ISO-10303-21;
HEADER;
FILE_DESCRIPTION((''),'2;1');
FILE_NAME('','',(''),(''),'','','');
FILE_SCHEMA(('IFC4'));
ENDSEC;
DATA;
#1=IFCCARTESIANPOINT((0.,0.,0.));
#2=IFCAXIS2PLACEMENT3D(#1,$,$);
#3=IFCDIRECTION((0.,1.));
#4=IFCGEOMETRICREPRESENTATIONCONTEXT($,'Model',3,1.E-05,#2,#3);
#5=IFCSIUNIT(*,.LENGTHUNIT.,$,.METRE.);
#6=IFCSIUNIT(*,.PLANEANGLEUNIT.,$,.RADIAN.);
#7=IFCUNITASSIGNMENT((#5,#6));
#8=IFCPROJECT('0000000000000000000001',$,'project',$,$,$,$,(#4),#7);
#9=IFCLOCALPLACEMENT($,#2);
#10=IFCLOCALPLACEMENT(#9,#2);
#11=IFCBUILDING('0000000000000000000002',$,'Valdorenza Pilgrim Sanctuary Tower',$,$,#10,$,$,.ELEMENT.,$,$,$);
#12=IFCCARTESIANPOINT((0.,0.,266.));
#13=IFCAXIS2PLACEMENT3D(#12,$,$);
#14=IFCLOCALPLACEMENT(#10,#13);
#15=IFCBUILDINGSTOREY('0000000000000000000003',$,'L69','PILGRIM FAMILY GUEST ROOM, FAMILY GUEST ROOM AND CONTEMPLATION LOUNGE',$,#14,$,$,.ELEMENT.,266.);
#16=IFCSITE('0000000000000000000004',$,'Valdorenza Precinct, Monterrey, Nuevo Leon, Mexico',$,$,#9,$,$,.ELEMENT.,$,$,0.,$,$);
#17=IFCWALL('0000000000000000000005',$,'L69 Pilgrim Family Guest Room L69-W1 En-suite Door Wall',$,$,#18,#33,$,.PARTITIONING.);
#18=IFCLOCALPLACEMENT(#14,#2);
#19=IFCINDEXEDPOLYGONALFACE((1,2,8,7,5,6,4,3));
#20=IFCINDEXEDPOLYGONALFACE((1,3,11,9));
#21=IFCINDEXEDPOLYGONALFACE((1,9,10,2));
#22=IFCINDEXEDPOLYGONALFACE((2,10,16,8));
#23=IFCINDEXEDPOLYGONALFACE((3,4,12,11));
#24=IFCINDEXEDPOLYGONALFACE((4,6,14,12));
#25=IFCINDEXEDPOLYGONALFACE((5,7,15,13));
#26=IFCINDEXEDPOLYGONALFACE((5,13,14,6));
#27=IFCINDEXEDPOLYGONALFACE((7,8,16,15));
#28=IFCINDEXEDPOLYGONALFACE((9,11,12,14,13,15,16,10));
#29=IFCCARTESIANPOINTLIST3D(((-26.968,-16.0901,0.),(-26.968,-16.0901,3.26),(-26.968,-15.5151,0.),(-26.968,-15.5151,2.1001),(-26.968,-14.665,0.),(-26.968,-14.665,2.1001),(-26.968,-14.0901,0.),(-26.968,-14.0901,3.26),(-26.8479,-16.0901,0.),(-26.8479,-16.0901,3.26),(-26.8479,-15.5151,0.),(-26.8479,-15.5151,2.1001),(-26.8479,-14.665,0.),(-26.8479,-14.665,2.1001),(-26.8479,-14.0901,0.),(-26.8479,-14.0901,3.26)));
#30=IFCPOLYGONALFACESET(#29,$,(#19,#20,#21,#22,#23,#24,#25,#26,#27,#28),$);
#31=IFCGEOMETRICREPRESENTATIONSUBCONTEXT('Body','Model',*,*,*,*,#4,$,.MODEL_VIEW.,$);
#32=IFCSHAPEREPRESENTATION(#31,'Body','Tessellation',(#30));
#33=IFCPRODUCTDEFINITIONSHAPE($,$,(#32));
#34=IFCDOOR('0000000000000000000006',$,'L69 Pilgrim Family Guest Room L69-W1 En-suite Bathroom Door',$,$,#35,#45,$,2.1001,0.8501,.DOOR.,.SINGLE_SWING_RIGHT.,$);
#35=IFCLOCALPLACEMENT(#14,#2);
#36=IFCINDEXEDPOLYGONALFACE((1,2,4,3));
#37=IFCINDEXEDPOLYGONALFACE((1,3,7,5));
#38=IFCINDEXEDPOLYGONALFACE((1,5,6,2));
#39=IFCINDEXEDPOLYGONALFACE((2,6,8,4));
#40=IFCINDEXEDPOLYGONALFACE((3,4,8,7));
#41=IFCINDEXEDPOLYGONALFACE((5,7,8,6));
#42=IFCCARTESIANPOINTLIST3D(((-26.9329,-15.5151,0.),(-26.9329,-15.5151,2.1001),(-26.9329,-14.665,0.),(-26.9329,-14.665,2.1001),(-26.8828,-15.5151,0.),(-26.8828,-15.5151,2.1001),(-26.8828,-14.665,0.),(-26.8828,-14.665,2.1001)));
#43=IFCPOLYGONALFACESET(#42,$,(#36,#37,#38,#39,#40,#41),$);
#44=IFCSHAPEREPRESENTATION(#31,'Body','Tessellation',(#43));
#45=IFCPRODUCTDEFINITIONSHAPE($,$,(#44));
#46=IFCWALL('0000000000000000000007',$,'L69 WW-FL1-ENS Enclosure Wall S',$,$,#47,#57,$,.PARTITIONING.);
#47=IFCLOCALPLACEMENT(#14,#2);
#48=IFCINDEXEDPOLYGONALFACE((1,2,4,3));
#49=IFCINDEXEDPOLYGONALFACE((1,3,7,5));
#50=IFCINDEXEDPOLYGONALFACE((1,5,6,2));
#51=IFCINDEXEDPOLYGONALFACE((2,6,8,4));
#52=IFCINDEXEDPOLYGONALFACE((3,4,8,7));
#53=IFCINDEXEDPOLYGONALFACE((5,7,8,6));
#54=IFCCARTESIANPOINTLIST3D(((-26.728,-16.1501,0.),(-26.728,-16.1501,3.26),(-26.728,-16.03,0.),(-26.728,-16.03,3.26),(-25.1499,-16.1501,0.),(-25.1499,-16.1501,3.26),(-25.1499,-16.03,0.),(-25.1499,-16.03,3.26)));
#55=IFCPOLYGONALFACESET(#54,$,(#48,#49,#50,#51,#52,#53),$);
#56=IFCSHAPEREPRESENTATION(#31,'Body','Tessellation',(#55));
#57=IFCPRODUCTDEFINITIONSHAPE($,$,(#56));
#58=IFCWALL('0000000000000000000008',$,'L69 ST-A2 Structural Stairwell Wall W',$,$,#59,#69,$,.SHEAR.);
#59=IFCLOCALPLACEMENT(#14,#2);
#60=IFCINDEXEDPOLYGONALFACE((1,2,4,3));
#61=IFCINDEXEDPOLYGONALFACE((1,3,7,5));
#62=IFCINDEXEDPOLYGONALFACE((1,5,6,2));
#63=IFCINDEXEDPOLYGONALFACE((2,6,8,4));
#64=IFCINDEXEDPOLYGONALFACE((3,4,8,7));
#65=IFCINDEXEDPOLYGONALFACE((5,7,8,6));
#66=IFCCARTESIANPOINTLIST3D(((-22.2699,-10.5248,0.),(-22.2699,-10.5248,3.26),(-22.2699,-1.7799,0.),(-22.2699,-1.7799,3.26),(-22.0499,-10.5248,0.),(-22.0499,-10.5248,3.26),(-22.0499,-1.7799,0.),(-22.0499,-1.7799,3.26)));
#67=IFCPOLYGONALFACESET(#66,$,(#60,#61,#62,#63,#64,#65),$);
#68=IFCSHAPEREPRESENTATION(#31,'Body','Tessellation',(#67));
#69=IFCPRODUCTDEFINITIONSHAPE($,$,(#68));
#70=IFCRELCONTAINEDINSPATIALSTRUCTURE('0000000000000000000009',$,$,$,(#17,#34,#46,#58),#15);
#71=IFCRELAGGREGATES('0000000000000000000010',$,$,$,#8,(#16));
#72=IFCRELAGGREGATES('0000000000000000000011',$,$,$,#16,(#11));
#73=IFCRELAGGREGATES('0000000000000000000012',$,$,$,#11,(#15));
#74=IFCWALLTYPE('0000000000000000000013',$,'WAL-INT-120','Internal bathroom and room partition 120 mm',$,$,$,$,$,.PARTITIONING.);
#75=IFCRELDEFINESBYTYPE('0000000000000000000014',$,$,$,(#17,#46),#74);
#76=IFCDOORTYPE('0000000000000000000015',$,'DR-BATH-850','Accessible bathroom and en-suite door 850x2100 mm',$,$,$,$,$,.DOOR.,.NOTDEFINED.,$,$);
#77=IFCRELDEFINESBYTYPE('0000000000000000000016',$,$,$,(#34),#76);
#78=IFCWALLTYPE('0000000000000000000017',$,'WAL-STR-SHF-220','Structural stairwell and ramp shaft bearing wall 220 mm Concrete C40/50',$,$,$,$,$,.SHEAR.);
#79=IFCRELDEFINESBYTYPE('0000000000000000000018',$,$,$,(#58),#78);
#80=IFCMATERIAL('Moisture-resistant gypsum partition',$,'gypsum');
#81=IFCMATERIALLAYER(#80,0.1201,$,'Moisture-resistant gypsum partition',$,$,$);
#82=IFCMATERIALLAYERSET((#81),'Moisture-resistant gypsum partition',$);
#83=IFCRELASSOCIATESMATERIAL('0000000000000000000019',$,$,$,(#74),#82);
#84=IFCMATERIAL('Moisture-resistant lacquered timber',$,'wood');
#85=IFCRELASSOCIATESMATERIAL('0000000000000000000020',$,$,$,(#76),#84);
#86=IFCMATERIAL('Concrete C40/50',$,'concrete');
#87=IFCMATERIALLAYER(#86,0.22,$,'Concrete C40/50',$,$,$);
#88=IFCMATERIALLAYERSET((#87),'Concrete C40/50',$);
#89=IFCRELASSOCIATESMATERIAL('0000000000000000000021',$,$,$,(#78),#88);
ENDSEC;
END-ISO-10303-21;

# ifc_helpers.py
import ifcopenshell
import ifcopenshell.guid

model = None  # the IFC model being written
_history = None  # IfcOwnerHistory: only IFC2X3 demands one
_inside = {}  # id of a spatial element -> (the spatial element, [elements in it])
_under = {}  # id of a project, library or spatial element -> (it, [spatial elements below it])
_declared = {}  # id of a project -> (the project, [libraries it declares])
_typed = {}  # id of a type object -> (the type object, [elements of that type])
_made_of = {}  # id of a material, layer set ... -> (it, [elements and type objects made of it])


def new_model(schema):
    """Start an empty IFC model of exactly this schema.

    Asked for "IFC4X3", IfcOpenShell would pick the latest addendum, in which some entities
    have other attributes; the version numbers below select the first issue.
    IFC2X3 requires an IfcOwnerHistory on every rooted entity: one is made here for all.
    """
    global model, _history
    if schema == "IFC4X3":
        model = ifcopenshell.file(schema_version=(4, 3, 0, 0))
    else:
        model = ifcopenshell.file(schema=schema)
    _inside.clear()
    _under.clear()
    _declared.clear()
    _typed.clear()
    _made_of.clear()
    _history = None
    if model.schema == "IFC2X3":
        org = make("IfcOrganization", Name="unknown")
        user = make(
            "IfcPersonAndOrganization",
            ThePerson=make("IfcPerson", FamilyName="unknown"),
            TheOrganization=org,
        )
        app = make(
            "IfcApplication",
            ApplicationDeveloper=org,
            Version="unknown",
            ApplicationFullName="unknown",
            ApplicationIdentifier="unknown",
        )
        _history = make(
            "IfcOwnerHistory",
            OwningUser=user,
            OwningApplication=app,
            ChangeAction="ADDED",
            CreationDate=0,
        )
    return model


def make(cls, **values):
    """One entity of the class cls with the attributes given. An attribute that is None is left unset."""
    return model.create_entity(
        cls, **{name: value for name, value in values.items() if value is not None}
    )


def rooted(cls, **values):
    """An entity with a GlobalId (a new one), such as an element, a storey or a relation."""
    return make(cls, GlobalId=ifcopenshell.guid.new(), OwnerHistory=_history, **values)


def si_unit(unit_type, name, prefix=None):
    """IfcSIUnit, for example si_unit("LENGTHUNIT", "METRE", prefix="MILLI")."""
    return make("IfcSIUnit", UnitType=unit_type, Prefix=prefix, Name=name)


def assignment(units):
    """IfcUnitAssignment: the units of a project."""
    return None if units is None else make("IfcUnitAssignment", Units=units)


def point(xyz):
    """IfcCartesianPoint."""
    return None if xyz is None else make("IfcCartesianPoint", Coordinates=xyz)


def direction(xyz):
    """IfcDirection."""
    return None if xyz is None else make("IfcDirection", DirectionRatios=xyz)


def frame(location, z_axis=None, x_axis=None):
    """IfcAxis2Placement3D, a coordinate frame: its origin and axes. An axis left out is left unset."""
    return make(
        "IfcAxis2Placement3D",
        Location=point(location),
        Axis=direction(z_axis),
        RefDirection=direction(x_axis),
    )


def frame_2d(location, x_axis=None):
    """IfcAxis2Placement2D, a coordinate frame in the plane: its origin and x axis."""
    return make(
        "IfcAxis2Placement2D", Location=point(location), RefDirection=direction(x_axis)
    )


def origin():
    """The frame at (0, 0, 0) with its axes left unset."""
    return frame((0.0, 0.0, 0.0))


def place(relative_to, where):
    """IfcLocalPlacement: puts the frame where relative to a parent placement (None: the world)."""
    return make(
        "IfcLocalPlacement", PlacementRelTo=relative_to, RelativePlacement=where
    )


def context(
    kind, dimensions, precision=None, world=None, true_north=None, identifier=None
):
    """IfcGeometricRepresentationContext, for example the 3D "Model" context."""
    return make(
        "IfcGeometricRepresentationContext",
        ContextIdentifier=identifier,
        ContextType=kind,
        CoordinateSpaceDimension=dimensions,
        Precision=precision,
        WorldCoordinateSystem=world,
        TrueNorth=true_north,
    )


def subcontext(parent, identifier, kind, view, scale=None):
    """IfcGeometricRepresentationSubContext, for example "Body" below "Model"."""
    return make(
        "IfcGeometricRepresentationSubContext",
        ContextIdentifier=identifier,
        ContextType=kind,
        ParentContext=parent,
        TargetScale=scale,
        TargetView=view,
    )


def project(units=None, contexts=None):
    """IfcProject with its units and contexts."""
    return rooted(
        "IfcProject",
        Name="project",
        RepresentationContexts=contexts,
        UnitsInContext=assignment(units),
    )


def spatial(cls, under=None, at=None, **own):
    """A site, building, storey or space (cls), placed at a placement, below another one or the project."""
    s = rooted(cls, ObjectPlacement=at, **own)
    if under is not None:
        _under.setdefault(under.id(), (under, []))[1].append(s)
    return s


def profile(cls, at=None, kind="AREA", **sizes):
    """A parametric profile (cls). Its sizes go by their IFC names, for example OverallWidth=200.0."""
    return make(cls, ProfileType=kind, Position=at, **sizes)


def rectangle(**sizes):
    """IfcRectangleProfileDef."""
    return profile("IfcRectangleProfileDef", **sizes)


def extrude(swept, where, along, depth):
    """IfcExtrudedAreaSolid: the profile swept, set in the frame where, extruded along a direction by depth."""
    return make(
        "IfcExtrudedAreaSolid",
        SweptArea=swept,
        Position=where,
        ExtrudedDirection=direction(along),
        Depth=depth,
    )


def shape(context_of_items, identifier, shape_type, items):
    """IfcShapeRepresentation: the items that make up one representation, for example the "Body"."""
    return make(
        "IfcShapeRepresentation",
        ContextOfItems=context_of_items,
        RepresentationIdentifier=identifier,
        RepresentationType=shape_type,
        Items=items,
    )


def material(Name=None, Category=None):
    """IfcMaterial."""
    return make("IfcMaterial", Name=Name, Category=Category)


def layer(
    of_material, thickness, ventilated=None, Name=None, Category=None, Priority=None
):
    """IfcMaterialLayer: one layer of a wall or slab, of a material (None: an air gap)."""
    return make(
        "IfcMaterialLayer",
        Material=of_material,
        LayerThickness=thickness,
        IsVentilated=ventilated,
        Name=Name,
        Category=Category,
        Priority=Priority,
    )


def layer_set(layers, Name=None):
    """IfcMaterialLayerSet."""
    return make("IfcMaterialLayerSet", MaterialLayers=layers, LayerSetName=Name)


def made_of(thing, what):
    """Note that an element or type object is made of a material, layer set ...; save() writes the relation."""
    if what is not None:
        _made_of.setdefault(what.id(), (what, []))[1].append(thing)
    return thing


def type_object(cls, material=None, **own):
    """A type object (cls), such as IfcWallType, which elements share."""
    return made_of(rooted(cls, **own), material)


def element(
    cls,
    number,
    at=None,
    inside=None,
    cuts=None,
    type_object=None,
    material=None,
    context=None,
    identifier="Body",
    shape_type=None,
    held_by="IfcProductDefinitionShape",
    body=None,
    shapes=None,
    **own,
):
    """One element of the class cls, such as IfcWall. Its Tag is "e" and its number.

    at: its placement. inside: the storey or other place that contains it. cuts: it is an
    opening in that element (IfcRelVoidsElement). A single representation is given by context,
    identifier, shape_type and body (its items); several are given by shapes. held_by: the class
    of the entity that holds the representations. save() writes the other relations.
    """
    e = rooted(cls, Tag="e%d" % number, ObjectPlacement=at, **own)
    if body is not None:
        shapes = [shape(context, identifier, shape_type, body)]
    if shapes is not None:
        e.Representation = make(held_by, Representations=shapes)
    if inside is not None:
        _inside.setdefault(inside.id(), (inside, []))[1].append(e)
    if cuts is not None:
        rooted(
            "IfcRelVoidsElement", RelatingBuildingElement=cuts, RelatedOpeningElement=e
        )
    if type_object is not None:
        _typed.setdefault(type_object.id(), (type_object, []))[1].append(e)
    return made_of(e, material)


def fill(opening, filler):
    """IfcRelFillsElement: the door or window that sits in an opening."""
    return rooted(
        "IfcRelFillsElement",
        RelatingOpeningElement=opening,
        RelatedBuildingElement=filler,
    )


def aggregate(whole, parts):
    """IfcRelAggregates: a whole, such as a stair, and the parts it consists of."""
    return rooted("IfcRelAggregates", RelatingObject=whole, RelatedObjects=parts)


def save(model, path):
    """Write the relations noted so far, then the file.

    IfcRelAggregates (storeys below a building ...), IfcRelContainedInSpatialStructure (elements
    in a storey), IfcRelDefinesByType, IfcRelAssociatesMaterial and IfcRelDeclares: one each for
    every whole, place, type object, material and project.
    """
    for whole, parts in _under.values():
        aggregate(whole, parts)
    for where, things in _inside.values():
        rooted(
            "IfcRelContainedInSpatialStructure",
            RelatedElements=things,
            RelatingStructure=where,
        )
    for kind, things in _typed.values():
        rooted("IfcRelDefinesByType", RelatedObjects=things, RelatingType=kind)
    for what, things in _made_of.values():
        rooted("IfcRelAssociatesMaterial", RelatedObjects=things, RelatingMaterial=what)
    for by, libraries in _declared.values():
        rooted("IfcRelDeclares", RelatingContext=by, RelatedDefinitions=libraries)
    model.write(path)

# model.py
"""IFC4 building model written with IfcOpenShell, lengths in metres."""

from ifc_helpers import new_model, si_unit, direction, frame, frame_2d, origin, place, context, subcontext, project, spatial, rectangle, extrude, material, layer, layer_set, type_object, element, fill, save


model = new_model("IFC4")

# Units and contexts
model_context = context("Model", 3, precision=1e-05, world=origin(), true_north=direction((0.0, 1.0)))
body_context = subcontext(model_context, "Body", "Model", "MODEL_VIEW")
ifc_project = project(units=[si_unit("LENGTHUNIT", "METRE"), si_unit("PLANEANGLEUNIT", "RADIAN")], contexts=[model_context])

# Site, building, storey
site_placement = place(None, origin())
site = spatial("IfcSite", under=ifc_project, at=site_placement, Name="Valdorenza Precinct, Monterrey, Nuevo Leon, Mexico", CompositionType="ELEMENT", RefElevation=0.0)
building_placement = place(site_placement, origin())
building = spatial("IfcBuilding", under=site, at=building_placement, Name="Valdorenza Pilgrim Sanctuary Tower", CompositionType="ELEMENT")
storey_placement = place(building_placement, frame((0.0, 0.0, 266.0)))
storey = spatial("IfcBuildingStorey", under=building, at=storey_placement, Name="L69", Description="PILGRIM FAMILY GUEST ROOM, FAMILY GUEST ROOM AND CONTEMPLATION LOUNGE", CompositionType="ELEMENT", Elevation=266.0)

# Shared definitions
ifc_material_1 = material(Name="Moisture-resistant gypsum partition", Category="gypsum")
ifc_layer_1 = layer(ifc_material_1, 0.1201, Name="Moisture-resistant gypsum partition")
ifc_layer_set_1 = layer_set([ifc_layer_1], Name="Moisture-resistant gypsum partition")
wall_type_1 = type_object("IfcWallType", Name="WAL-INT-120", Description="Internal bathroom and room partition 120 mm", PredefinedType="PARTITIONING", material=ifc_layer_set_1)

# Wall, opening, door
wall_1_placement = place(storey_placement, frame((-26.908, -16.0901, 0.0), z_axis=(0.0, 0.0, 1.0), x_axis=(0.0, 1.0, 0.0)))
wall_1 = element("IfcWall", 1, at=wall_1_placement, inside=storey, type_object=wall_type_1, Name="L69 Pilgrim Family Guest Room L69-W1 En-suite Door Wall", PredefinedType="PARTITIONING", context=body_context, shape_type="SweptSolid", body=[
    extrude(rectangle(XDim=2.0, YDim=0.1201, at=frame_2d((1.0, 0.0))), origin(), (0.0, 0.0, 1.0), 3.26),
])
opening_1_placement = place(wall_1_placement, frame((0.575, 0.0, 0.0)))
opening_1 = element("IfcOpeningElement", 2, at=opening_1_placement, cuts=wall_1, PredefinedType="OPENING", context=body_context, shape_type="SweptSolid", body=[
    extrude(rectangle(XDim=0.8501, YDim=2.1001, at=frame_2d((0.425, 1.05))), frame((0.0, 0.075, 0.0), z_axis=(0.0, -1.0, 0.0), x_axis=(1.0, 0.0, 0.0)), (0.0, 0.0, 1.0), 0.1499),
])
ifc_material_2 = material(Name="Moisture-resistant lacquered timber", Category="wood")
door_type_1 = type_object("IfcDoorType", Name="DR-BATH-850", Description="Accessible bathroom and en-suite door 850x2100 mm", OperationType="NOTDEFINED", PredefinedType="DOOR", material=ifc_material_2)
door_1_placement = place(opening_1_placement, origin())
door_1 = element("IfcDoor", 3, at=door_1_placement, inside=storey, type_object=door_type_1, Name="L69 Pilgrim Family Guest Room L69-W1 En-suite Bathroom Door", OperationType="SINGLE_SWING_RIGHT", OverallHeight=2.1001, OverallWidth=0.8501, PredefinedType="DOOR", context=body_context, shape_type="SweptSolid", body=[
    extrude(rectangle(XDim=0.8501, YDim=2.1001, at=frame_2d((0.425, 1.05))), frame((0.0, 0.0249, 0.0), z_axis=(0.0, -1.0, 0.0), x_axis=(1.0, 0.0, 0.0)), (0.0, 0.0, 1.0), 0.05),
])
fill(opening_1, door_1)

# Walls
wall_2_placement = place(storey_placement, frame((-26.728, -16.0901, 0.0), z_axis=(0.0, 0.0, 1.0), x_axis=(1.0, 0.0, 0.0)))
element("IfcWall", 4, at=wall_2_placement, inside=storey, type_object=wall_type_1, Name="L69 WW-FL1-ENS Enclosure Wall S", PredefinedType="PARTITIONING", context=body_context, shape_type="SweptSolid", body=[
    extrude(rectangle(XDim=1.5781, YDim=0.1201, at=frame_2d((0.7891, 0.0))), origin(), (0.0, 0.0, 1.0), 3.26),
])
ifc_material_3 = material(Name="Concrete C40/50", Category="concrete")
ifc_layer_2 = layer(ifc_material_3, 0.22, Name="Concrete C40/50")
ifc_layer_set_2 = layer_set([ifc_layer_2], Name="Concrete C40/50")
wall_type_2 = type_object("IfcWallType", Name="WAL-STR-SHF-220", Description="Structural stairwell and ramp shaft bearing wall 220 mm Concrete C40/50", PredefinedType="SHEAR", material=ifc_layer_set_2)
wall_3_placement = place(storey_placement, frame((-22.1599, -10.5249, 0.0), z_axis=(0.0, 0.0, 1.0), x_axis=(0.0, 1.0, 0.0)))
element("IfcWall", 5, at=wall_3_placement, inside=storey, type_object=wall_type_2, Name="L69 ST-A2 Structural Stairwell Wall W", PredefinedType="SHEAR", context=body_context, shape_type="SweptSolid", body=[
    extrude(rectangle(XDim=8.7449, YDim=0.22, at=frame_2d((4.3726, 0.0))), origin(), (0.0, 0.0, 1.0), 3.26),
])

save(model, "model.ifc")
